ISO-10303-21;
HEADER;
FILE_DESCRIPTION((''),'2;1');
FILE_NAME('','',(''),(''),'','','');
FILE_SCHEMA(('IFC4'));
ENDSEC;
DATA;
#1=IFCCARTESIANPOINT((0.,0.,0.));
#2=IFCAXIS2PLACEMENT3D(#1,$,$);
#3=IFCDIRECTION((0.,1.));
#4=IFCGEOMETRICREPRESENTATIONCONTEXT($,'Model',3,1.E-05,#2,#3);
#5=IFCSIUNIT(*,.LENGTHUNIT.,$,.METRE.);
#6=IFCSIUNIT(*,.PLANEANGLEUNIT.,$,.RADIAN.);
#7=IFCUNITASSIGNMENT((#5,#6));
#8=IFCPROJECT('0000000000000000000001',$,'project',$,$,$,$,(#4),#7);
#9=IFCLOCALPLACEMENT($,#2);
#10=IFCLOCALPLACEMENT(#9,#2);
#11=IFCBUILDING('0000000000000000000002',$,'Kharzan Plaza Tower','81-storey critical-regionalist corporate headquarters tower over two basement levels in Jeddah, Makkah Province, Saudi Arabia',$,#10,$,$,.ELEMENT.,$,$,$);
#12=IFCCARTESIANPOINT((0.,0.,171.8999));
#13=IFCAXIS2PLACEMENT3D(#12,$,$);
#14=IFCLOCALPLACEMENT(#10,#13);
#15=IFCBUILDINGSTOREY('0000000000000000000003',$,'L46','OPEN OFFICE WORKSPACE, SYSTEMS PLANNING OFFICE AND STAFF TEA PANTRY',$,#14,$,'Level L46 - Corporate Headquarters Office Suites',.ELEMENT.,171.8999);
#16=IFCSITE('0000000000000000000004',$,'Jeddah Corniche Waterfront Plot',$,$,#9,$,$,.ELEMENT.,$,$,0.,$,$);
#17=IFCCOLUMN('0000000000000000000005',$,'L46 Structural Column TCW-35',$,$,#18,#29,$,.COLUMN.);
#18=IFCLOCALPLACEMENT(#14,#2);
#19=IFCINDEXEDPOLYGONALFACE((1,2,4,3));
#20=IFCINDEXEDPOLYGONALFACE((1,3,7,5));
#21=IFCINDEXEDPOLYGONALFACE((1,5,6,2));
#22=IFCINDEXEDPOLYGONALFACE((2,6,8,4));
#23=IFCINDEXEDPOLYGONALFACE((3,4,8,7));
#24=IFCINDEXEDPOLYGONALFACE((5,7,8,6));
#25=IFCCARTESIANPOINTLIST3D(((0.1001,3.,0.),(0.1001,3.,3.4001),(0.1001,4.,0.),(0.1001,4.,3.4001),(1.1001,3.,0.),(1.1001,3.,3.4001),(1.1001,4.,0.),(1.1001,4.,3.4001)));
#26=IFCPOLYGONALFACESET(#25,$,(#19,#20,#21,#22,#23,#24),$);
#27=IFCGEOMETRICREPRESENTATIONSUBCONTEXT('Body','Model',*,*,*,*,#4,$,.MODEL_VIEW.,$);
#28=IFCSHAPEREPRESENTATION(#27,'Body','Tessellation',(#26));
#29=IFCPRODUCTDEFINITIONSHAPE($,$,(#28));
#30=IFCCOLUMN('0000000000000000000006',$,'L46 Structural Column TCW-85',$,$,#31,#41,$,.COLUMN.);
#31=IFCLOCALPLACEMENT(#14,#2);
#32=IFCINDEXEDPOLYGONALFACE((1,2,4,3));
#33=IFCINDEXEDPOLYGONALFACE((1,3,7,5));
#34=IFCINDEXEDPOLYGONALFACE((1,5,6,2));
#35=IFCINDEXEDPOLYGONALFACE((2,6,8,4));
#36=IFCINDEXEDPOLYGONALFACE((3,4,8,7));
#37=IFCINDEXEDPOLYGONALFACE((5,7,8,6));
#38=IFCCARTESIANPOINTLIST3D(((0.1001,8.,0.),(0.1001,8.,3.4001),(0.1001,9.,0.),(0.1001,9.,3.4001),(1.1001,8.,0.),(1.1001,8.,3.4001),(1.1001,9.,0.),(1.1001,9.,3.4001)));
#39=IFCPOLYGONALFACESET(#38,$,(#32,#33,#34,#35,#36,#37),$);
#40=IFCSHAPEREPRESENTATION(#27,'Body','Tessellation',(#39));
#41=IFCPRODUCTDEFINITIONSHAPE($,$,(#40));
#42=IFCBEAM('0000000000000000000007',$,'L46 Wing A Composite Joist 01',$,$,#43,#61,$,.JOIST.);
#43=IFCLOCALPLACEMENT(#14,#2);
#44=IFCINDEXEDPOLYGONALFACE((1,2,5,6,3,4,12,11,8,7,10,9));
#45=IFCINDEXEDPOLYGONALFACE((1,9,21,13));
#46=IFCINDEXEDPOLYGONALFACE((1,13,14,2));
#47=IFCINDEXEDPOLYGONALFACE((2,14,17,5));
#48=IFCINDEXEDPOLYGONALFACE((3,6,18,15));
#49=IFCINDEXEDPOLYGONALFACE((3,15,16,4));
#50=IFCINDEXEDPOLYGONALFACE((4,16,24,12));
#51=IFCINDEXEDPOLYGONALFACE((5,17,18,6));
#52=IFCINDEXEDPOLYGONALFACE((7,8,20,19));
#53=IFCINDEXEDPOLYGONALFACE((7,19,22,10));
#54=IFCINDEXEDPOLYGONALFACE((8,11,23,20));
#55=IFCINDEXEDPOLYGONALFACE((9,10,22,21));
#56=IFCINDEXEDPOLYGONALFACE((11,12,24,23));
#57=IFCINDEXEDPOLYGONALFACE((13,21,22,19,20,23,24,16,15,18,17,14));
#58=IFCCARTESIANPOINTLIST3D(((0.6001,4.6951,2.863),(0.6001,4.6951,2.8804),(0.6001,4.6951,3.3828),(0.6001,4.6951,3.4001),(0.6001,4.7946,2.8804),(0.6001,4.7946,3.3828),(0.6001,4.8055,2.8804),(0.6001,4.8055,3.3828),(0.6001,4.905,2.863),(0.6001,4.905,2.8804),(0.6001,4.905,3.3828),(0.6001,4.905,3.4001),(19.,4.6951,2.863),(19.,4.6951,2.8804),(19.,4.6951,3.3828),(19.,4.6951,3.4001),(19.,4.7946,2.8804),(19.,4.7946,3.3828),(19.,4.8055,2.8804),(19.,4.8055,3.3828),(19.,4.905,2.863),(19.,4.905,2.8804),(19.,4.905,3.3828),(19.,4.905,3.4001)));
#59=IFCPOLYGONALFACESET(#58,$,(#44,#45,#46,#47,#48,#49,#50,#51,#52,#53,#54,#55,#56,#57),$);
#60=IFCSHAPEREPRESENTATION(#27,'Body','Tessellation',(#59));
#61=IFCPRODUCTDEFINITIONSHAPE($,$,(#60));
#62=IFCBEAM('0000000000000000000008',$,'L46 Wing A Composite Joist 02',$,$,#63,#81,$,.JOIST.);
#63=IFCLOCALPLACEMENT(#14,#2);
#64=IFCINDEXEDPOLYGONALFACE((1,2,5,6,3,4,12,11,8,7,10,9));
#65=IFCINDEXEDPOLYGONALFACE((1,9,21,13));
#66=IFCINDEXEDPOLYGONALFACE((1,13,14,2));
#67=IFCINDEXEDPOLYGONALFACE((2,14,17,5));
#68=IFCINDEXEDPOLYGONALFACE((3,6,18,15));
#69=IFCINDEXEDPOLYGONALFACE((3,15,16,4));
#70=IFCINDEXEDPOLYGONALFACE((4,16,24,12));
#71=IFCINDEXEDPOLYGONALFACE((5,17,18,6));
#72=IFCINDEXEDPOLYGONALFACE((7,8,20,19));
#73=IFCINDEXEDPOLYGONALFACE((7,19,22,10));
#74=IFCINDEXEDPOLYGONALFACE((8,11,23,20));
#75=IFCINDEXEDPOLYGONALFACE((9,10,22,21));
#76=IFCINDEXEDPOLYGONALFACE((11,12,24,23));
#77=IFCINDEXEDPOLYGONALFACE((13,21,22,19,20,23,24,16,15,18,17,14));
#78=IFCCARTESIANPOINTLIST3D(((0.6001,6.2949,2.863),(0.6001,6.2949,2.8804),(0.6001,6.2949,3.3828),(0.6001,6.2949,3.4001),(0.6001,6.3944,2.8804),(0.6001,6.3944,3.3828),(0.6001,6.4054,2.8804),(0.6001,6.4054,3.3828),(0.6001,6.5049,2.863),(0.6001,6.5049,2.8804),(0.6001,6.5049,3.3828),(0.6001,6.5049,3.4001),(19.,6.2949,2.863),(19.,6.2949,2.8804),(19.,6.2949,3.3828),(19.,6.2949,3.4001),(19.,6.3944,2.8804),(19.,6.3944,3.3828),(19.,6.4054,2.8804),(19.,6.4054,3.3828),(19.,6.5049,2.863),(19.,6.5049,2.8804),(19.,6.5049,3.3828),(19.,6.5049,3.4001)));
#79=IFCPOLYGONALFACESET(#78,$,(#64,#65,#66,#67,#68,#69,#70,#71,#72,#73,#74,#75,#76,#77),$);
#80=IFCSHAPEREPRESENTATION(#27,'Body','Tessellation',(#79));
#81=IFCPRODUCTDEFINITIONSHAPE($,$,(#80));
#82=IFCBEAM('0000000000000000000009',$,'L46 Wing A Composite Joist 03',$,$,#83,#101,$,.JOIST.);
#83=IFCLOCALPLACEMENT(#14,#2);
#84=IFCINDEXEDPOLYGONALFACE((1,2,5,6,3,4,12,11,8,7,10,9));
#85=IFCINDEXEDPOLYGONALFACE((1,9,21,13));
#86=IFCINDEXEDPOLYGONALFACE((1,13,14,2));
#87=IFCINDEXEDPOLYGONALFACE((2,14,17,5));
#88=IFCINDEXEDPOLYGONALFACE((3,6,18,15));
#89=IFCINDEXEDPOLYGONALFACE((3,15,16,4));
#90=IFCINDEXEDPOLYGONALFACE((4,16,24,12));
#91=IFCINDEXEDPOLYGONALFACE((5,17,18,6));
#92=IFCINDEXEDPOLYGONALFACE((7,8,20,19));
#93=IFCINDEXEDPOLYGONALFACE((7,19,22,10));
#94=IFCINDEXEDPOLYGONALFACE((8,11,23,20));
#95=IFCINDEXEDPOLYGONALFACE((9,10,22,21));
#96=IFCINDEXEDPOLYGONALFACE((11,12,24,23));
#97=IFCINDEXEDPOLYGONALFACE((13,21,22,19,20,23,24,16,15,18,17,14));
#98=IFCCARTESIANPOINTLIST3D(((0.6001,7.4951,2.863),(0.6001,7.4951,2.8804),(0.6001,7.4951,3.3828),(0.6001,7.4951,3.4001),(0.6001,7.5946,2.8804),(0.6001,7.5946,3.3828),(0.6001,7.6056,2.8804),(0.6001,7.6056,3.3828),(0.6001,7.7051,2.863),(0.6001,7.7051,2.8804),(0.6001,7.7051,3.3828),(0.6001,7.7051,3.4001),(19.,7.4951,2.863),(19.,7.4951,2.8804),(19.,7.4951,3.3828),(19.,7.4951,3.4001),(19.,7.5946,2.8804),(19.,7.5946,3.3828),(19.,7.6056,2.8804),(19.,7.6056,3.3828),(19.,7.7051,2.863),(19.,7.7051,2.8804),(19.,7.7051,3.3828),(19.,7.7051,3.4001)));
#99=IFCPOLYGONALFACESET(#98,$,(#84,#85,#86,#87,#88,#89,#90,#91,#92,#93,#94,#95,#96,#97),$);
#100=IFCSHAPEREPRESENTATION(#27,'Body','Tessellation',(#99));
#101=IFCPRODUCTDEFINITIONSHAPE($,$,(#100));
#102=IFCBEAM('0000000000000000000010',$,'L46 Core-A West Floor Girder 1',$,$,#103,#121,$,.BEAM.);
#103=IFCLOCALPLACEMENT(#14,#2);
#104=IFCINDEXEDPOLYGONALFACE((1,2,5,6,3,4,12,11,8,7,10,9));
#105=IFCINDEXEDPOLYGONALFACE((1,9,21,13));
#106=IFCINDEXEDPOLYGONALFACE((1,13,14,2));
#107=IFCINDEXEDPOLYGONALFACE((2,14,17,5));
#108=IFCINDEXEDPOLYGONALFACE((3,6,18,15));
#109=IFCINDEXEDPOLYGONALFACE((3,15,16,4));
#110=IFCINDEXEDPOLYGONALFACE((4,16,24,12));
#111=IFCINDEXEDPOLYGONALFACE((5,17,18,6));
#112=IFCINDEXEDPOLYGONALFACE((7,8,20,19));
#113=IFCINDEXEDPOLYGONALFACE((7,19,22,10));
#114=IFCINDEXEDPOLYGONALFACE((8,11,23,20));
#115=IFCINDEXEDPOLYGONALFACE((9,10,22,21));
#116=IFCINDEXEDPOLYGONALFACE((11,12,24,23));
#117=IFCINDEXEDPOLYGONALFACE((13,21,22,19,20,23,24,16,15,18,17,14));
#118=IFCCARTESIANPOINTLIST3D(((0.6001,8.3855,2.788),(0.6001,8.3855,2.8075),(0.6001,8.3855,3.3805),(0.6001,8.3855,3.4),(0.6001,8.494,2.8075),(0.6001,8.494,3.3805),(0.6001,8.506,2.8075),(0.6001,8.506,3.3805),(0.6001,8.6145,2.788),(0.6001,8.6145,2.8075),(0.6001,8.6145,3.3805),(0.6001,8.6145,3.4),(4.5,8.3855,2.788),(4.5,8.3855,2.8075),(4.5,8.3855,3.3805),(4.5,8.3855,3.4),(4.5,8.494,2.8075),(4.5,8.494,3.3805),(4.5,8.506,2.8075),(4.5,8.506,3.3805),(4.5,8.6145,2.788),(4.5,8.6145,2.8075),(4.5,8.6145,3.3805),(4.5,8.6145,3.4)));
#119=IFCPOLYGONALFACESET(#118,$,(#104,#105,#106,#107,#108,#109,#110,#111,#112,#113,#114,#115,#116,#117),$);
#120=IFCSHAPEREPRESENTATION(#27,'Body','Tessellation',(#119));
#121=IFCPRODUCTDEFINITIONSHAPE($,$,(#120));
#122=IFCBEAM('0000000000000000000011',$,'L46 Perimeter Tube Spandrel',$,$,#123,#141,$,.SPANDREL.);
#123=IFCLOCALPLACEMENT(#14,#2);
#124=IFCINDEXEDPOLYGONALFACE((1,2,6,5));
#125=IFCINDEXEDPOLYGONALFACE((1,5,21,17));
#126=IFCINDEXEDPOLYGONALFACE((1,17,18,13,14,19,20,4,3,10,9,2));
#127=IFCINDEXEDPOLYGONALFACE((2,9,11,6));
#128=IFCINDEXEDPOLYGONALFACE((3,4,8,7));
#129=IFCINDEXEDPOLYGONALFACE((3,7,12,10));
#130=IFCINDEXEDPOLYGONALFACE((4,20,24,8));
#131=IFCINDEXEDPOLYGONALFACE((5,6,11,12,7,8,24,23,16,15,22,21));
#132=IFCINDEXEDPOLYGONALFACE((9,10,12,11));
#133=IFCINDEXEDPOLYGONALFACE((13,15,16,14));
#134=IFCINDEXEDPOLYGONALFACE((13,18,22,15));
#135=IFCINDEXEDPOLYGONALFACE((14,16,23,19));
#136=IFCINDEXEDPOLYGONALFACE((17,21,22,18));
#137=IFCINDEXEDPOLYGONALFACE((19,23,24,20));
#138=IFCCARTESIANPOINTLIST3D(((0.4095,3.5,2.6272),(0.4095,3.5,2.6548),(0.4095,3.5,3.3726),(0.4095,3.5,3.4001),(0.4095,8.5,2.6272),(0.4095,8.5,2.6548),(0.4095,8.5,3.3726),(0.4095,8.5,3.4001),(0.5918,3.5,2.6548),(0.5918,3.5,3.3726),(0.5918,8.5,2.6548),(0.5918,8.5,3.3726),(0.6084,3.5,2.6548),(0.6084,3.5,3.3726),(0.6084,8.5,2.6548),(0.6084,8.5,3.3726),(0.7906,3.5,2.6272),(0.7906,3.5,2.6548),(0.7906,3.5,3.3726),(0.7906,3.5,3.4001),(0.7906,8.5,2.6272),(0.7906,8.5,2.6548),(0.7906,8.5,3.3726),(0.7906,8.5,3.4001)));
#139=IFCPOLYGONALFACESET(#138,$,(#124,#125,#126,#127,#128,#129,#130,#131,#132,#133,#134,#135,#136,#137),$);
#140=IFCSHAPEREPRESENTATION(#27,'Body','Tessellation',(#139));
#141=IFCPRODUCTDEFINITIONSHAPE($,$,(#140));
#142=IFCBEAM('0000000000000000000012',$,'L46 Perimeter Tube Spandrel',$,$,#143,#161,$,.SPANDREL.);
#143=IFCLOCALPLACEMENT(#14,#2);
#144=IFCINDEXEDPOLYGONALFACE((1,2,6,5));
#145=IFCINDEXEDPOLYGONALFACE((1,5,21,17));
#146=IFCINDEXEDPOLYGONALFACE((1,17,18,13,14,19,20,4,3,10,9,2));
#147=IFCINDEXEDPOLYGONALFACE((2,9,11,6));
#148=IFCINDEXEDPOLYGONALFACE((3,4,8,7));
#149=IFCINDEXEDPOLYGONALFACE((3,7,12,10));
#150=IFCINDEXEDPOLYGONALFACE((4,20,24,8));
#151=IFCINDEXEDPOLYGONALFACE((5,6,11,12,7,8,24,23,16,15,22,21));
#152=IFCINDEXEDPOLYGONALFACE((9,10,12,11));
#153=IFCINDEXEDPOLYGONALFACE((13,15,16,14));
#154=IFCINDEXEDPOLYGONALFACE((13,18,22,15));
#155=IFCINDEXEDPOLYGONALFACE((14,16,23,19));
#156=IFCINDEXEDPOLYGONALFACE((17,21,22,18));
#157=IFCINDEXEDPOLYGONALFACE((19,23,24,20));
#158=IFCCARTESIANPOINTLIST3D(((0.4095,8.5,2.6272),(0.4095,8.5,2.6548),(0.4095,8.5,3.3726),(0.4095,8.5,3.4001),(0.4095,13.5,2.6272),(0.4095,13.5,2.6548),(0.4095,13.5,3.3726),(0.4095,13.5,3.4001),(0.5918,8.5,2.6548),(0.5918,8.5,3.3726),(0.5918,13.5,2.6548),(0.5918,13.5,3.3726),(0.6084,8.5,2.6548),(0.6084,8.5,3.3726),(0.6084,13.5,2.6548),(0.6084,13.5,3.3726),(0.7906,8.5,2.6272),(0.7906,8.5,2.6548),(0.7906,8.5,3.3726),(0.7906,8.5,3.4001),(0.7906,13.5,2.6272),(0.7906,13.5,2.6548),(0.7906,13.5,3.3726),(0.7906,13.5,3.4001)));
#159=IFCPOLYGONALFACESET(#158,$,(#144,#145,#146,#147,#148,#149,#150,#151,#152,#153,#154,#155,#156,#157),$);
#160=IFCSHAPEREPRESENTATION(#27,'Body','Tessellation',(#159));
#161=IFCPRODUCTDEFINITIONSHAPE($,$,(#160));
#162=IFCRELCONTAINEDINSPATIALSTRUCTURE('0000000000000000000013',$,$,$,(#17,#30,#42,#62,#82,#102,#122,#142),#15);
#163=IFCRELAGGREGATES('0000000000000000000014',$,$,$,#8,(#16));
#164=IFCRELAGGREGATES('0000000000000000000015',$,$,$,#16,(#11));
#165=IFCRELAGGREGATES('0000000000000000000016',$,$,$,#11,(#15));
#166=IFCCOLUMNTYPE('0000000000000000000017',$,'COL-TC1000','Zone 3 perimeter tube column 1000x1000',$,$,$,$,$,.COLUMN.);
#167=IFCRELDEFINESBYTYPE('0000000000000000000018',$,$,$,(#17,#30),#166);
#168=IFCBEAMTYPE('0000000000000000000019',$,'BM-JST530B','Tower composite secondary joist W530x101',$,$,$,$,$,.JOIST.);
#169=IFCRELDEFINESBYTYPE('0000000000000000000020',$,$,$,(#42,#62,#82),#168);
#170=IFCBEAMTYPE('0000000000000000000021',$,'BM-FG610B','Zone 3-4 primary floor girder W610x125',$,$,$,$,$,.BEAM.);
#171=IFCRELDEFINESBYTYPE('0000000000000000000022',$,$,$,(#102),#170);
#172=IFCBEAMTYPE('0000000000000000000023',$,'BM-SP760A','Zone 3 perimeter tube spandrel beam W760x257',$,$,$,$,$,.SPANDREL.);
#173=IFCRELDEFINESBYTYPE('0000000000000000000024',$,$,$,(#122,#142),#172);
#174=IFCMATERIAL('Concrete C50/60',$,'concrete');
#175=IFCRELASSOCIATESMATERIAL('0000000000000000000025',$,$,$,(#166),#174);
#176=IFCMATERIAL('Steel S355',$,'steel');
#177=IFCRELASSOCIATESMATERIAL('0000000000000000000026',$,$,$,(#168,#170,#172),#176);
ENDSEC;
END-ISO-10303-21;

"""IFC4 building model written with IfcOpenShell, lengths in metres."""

from ifc_helpers import new_model, si_unit, direction, frame, origin, origin_2d, place, context, subcontext, project, spatial, rectangle, i_section, extrude, source, transform, mapped, material, material_profile, profile_set, type_object, element, save


model = new_model("IFC4")

# Units and contexts
model_context = context("Model", 3, precision=1e-05, world=origin(), true_north=direction((0.0, 1.0)))
body_context = subcontext(model_context, "Body", "Model", "MODEL_VIEW")
ifc_project = project(units=[si_unit("LENGTHUNIT", "METRE"), si_unit("PLANEANGLEUNIT", "RADIAN")], contexts=[model_context])

# Site, building, storey
site_placement = place(None, origin())
site = spatial("IfcSite", under=ifc_project, at=site_placement, Name="Jeddah Corniche Waterfront Plot", CompositionType="ELEMENT", RefElevation=0.0)
building_placement = place(site_placement, origin())
building = spatial("IfcBuilding", under=site, at=building_placement, Name="Kharzan Plaza Tower", Description="81-storey critical-regionalist corporate headquarters tower over two basement levels in Jeddah, Makkah Province, Saudi Arabia", CompositionType="ELEMENT")
storey_placement = place(building_placement, frame((0.0, 0.0, 171.8999)))
storey = spatial("IfcBuildingStorey", under=building, at=storey_placement, Name="L46", Description="OPEN OFFICE WORKSPACE, SYSTEMS PLANNING OFFICE AND STAFF TEA PANTRY", LongName="Level L46 - Corporate Headquarters Office Suites", CompositionType="ELEMENT", Elevation=171.8999)

# Columns
ifc_material_1 = material(Name="Concrete C50/60", Category="concrete")
ifc_material_profile_1 = material_profile(ifc_material_1, rectangle(XDim=1.0, YDim=1.0, at=origin_2d()), Name="RC-TC1000x1000")
ifc_profile_set_1 = profile_set([ifc_material_profile_1], Name="Concrete C50/60")
column_type = type_object("IfcColumnType", Name="COL-TC1000", Description="Zone 3 perimeter tube column 1000x1000", PredefinedType="COLUMN", material=ifc_profile_set_1)
shared_shape_1 = source(origin(), body_context, "Body", "SweptSolid", [
    extrude(rectangle(XDim=1.0, YDim=1.0, at=origin_2d()), origin(), (0.0, 0.0, 1.0), 3.4001),
])
for number, where, z_axis, x_axis, name in (
    (1, (0.6001, 3.5, 0.0), (0.0, 0.0, 1.0), (1.0, 0.0, 0.0), "L46 Structural Column TCW-35"),
    (2, (0.6001, 8.5, 0.0), (0.0, 0.0, 1.0), (1.0, 0.0, 0.0), "L46 Structural Column TCW-85"),
):
    element("IfcColumn", number, at=place(storey_placement, frame(where, z_axis=z_axis, x_axis=x_axis)), inside=storey, type_object=column_type, Name=name, PredefinedType="COLUMN", context=body_context, shape_type="MappedRepresentation", body=[
        mapped(shared_shape_1, transform((0.0, 0.0, 0.0), x_axis=(1.0, 0.0, 0.0), y_axis=(0.0, 1.0, 0.0), z_axis=(0.0, 0.0, 1.0))),
    ])

# Beams
ifc_material_2 = material(Name="Steel S355", Category="steel")
ifc_material_profile_2 = material_profile(ifc_material_2, i_section(OverallWidth=0.21, OverallDepth=0.5371, WebThickness=0.011, FlangeThickness=0.0173, at=origin_2d()), Name="W530x101")
ifc_profile_set_2 = profile_set([ifc_material_profile_2], Name="Steel S355")
beam_type_1 = type_object("IfcBeamType", Name="BM-JST530B", Description="Tower composite secondary joist W530x101", PredefinedType="JOIST", material=ifc_profile_set_2)
shared_shape_2 = source(origin(), body_context, "Body", "SweptSolid", [
    extrude(i_section(OverallWidth=0.21, OverallDepth=0.5371, WebThickness=0.011, FlangeThickness=0.0173, at=origin_2d()), origin(), (0.0, 0.0, 1.0), 18.3999),
])
for number, where, z_axis, x_axis, name in (
    (3, (0.6001, 4.8, 3.1316), (1.0, 0.0, 0.0), (0.0, 1.0, 0.0), "L46 Wing A Composite Joist 01"),
    (4, (0.6001, 6.3999, 3.1316), (1.0, 0.0, 0.0), (0.0, 1.0, 0.0), "L46 Wing A Composite Joist 02"),
    (5, (0.6001, 7.6001, 3.1316), (1.0, 0.0, 0.0), (0.0, 1.0, 0.0), "L46 Wing A Composite Joist 03"),
):
    element("IfcBeam", number, at=place(storey_placement, frame(where, z_axis=z_axis, x_axis=x_axis)), inside=storey, type_object=beam_type_1, Name=name, PredefinedType="JOIST", context=body_context, shape_type="MappedRepresentation", body=[
        mapped(shared_shape_2, transform((0.0, 0.0, 0.0), x_axis=(1.0, 0.0, 0.0), y_axis=(0.0, 1.0, 0.0), z_axis=(0.0, 0.0, 1.0))),
    ])
ifc_material_profile_3 = material_profile(ifc_material_2, i_section(OverallWidth=0.229, OverallDepth=0.6121, WebThickness=0.012, FlangeThickness=0.0195, at=origin_2d()), Name="W610x125")
ifc_profile_set_3 = profile_set([ifc_material_profile_3], Name="Steel S355")
beam_type_2 = type_object("IfcBeamType", Name="BM-FG610B", Description="Zone 3-4 primary floor girder W610x125", PredefinedType="BEAM", material=ifc_profile_set_3)
shared_shape_3 = source(origin(), body_context, "Body", "SweptSolid", [
    extrude(i_section(OverallWidth=0.229, OverallDepth=0.6121, WebThickness=0.012, FlangeThickness=0.0195, at=origin_2d()), origin(), (0.0, 0.0, 1.0), 3.8999),
])
beam_placement = place(storey_placement, frame((0.6001, 8.5, 3.094), z_axis=(1.0, 0.0, 0.0), x_axis=(0.0, 1.0, 0.0)))
element("IfcBeam", 6, at=beam_placement, inside=storey, type_object=beam_type_2, Name="L46 Core-A West Floor Girder 1", PredefinedType="BEAM", context=body_context, shape_type="MappedRepresentation", body=[
    mapped(shared_shape_3, transform((0.0, 0.0, 0.0), x_axis=(1.0, 0.0, 0.0), y_axis=(0.0, 1.0, 0.0), z_axis=(0.0, 0.0, 1.0))),
])
ifc_material_profile_4 = material_profile(ifc_material_2, i_section(OverallWidth=0.3811, OverallDepth=0.7729, WebThickness=0.0166, FlangeThickness=0.0276, at=origin_2d()), Name="W760x257")
ifc_profile_set_4 = profile_set([ifc_material_profile_4], Name="Steel S355")
beam_type_3 = type_object("IfcBeamType", Name="BM-SP760A", Description="Zone 3 perimeter tube spandrel beam W760x257", PredefinedType="SPANDREL", material=ifc_profile_set_4)
shared_shape_4 = source(origin(), body_context, "Body", "SweptSolid", [
    extrude(i_section(OverallWidth=0.3811, OverallDepth=0.7729, WebThickness=0.0166, FlangeThickness=0.0276, at=origin_2d()), origin(), (0.0, 0.0, 1.0), 5.0),
])
for number, where, z_axis, x_axis, name in (
    (7, (0.6001, 3.5, 3.0137), (0.0, 1.0, 0.0), (-1.0, 0.0, 0.0), "L46 Perimeter Tube Spandrel"),
    (8, (0.6001, 8.5, 3.0137), (0.0, 1.0, 0.0), (-1.0, 0.0, 0.0), "L46 Perimeter Tube Spandrel"),
):
    element("IfcBeam", number, at=place(storey_placement, frame(where, z_axis=z_axis, x_axis=x_axis)), inside=storey, type_object=beam_type_3, Name=name, PredefinedType="SPANDREL", context=body_context, shape_type="MappedRepresentation", body=[
        mapped(shared_shape_4, transform((0.0, 0.0, 0.0), x_axis=(1.0, 0.0, 0.0), y_axis=(0.0, 1.0, 0.0), z_axis=(0.0, 0.0, 1.0))),
    ])

save(model, "model.ifc")
